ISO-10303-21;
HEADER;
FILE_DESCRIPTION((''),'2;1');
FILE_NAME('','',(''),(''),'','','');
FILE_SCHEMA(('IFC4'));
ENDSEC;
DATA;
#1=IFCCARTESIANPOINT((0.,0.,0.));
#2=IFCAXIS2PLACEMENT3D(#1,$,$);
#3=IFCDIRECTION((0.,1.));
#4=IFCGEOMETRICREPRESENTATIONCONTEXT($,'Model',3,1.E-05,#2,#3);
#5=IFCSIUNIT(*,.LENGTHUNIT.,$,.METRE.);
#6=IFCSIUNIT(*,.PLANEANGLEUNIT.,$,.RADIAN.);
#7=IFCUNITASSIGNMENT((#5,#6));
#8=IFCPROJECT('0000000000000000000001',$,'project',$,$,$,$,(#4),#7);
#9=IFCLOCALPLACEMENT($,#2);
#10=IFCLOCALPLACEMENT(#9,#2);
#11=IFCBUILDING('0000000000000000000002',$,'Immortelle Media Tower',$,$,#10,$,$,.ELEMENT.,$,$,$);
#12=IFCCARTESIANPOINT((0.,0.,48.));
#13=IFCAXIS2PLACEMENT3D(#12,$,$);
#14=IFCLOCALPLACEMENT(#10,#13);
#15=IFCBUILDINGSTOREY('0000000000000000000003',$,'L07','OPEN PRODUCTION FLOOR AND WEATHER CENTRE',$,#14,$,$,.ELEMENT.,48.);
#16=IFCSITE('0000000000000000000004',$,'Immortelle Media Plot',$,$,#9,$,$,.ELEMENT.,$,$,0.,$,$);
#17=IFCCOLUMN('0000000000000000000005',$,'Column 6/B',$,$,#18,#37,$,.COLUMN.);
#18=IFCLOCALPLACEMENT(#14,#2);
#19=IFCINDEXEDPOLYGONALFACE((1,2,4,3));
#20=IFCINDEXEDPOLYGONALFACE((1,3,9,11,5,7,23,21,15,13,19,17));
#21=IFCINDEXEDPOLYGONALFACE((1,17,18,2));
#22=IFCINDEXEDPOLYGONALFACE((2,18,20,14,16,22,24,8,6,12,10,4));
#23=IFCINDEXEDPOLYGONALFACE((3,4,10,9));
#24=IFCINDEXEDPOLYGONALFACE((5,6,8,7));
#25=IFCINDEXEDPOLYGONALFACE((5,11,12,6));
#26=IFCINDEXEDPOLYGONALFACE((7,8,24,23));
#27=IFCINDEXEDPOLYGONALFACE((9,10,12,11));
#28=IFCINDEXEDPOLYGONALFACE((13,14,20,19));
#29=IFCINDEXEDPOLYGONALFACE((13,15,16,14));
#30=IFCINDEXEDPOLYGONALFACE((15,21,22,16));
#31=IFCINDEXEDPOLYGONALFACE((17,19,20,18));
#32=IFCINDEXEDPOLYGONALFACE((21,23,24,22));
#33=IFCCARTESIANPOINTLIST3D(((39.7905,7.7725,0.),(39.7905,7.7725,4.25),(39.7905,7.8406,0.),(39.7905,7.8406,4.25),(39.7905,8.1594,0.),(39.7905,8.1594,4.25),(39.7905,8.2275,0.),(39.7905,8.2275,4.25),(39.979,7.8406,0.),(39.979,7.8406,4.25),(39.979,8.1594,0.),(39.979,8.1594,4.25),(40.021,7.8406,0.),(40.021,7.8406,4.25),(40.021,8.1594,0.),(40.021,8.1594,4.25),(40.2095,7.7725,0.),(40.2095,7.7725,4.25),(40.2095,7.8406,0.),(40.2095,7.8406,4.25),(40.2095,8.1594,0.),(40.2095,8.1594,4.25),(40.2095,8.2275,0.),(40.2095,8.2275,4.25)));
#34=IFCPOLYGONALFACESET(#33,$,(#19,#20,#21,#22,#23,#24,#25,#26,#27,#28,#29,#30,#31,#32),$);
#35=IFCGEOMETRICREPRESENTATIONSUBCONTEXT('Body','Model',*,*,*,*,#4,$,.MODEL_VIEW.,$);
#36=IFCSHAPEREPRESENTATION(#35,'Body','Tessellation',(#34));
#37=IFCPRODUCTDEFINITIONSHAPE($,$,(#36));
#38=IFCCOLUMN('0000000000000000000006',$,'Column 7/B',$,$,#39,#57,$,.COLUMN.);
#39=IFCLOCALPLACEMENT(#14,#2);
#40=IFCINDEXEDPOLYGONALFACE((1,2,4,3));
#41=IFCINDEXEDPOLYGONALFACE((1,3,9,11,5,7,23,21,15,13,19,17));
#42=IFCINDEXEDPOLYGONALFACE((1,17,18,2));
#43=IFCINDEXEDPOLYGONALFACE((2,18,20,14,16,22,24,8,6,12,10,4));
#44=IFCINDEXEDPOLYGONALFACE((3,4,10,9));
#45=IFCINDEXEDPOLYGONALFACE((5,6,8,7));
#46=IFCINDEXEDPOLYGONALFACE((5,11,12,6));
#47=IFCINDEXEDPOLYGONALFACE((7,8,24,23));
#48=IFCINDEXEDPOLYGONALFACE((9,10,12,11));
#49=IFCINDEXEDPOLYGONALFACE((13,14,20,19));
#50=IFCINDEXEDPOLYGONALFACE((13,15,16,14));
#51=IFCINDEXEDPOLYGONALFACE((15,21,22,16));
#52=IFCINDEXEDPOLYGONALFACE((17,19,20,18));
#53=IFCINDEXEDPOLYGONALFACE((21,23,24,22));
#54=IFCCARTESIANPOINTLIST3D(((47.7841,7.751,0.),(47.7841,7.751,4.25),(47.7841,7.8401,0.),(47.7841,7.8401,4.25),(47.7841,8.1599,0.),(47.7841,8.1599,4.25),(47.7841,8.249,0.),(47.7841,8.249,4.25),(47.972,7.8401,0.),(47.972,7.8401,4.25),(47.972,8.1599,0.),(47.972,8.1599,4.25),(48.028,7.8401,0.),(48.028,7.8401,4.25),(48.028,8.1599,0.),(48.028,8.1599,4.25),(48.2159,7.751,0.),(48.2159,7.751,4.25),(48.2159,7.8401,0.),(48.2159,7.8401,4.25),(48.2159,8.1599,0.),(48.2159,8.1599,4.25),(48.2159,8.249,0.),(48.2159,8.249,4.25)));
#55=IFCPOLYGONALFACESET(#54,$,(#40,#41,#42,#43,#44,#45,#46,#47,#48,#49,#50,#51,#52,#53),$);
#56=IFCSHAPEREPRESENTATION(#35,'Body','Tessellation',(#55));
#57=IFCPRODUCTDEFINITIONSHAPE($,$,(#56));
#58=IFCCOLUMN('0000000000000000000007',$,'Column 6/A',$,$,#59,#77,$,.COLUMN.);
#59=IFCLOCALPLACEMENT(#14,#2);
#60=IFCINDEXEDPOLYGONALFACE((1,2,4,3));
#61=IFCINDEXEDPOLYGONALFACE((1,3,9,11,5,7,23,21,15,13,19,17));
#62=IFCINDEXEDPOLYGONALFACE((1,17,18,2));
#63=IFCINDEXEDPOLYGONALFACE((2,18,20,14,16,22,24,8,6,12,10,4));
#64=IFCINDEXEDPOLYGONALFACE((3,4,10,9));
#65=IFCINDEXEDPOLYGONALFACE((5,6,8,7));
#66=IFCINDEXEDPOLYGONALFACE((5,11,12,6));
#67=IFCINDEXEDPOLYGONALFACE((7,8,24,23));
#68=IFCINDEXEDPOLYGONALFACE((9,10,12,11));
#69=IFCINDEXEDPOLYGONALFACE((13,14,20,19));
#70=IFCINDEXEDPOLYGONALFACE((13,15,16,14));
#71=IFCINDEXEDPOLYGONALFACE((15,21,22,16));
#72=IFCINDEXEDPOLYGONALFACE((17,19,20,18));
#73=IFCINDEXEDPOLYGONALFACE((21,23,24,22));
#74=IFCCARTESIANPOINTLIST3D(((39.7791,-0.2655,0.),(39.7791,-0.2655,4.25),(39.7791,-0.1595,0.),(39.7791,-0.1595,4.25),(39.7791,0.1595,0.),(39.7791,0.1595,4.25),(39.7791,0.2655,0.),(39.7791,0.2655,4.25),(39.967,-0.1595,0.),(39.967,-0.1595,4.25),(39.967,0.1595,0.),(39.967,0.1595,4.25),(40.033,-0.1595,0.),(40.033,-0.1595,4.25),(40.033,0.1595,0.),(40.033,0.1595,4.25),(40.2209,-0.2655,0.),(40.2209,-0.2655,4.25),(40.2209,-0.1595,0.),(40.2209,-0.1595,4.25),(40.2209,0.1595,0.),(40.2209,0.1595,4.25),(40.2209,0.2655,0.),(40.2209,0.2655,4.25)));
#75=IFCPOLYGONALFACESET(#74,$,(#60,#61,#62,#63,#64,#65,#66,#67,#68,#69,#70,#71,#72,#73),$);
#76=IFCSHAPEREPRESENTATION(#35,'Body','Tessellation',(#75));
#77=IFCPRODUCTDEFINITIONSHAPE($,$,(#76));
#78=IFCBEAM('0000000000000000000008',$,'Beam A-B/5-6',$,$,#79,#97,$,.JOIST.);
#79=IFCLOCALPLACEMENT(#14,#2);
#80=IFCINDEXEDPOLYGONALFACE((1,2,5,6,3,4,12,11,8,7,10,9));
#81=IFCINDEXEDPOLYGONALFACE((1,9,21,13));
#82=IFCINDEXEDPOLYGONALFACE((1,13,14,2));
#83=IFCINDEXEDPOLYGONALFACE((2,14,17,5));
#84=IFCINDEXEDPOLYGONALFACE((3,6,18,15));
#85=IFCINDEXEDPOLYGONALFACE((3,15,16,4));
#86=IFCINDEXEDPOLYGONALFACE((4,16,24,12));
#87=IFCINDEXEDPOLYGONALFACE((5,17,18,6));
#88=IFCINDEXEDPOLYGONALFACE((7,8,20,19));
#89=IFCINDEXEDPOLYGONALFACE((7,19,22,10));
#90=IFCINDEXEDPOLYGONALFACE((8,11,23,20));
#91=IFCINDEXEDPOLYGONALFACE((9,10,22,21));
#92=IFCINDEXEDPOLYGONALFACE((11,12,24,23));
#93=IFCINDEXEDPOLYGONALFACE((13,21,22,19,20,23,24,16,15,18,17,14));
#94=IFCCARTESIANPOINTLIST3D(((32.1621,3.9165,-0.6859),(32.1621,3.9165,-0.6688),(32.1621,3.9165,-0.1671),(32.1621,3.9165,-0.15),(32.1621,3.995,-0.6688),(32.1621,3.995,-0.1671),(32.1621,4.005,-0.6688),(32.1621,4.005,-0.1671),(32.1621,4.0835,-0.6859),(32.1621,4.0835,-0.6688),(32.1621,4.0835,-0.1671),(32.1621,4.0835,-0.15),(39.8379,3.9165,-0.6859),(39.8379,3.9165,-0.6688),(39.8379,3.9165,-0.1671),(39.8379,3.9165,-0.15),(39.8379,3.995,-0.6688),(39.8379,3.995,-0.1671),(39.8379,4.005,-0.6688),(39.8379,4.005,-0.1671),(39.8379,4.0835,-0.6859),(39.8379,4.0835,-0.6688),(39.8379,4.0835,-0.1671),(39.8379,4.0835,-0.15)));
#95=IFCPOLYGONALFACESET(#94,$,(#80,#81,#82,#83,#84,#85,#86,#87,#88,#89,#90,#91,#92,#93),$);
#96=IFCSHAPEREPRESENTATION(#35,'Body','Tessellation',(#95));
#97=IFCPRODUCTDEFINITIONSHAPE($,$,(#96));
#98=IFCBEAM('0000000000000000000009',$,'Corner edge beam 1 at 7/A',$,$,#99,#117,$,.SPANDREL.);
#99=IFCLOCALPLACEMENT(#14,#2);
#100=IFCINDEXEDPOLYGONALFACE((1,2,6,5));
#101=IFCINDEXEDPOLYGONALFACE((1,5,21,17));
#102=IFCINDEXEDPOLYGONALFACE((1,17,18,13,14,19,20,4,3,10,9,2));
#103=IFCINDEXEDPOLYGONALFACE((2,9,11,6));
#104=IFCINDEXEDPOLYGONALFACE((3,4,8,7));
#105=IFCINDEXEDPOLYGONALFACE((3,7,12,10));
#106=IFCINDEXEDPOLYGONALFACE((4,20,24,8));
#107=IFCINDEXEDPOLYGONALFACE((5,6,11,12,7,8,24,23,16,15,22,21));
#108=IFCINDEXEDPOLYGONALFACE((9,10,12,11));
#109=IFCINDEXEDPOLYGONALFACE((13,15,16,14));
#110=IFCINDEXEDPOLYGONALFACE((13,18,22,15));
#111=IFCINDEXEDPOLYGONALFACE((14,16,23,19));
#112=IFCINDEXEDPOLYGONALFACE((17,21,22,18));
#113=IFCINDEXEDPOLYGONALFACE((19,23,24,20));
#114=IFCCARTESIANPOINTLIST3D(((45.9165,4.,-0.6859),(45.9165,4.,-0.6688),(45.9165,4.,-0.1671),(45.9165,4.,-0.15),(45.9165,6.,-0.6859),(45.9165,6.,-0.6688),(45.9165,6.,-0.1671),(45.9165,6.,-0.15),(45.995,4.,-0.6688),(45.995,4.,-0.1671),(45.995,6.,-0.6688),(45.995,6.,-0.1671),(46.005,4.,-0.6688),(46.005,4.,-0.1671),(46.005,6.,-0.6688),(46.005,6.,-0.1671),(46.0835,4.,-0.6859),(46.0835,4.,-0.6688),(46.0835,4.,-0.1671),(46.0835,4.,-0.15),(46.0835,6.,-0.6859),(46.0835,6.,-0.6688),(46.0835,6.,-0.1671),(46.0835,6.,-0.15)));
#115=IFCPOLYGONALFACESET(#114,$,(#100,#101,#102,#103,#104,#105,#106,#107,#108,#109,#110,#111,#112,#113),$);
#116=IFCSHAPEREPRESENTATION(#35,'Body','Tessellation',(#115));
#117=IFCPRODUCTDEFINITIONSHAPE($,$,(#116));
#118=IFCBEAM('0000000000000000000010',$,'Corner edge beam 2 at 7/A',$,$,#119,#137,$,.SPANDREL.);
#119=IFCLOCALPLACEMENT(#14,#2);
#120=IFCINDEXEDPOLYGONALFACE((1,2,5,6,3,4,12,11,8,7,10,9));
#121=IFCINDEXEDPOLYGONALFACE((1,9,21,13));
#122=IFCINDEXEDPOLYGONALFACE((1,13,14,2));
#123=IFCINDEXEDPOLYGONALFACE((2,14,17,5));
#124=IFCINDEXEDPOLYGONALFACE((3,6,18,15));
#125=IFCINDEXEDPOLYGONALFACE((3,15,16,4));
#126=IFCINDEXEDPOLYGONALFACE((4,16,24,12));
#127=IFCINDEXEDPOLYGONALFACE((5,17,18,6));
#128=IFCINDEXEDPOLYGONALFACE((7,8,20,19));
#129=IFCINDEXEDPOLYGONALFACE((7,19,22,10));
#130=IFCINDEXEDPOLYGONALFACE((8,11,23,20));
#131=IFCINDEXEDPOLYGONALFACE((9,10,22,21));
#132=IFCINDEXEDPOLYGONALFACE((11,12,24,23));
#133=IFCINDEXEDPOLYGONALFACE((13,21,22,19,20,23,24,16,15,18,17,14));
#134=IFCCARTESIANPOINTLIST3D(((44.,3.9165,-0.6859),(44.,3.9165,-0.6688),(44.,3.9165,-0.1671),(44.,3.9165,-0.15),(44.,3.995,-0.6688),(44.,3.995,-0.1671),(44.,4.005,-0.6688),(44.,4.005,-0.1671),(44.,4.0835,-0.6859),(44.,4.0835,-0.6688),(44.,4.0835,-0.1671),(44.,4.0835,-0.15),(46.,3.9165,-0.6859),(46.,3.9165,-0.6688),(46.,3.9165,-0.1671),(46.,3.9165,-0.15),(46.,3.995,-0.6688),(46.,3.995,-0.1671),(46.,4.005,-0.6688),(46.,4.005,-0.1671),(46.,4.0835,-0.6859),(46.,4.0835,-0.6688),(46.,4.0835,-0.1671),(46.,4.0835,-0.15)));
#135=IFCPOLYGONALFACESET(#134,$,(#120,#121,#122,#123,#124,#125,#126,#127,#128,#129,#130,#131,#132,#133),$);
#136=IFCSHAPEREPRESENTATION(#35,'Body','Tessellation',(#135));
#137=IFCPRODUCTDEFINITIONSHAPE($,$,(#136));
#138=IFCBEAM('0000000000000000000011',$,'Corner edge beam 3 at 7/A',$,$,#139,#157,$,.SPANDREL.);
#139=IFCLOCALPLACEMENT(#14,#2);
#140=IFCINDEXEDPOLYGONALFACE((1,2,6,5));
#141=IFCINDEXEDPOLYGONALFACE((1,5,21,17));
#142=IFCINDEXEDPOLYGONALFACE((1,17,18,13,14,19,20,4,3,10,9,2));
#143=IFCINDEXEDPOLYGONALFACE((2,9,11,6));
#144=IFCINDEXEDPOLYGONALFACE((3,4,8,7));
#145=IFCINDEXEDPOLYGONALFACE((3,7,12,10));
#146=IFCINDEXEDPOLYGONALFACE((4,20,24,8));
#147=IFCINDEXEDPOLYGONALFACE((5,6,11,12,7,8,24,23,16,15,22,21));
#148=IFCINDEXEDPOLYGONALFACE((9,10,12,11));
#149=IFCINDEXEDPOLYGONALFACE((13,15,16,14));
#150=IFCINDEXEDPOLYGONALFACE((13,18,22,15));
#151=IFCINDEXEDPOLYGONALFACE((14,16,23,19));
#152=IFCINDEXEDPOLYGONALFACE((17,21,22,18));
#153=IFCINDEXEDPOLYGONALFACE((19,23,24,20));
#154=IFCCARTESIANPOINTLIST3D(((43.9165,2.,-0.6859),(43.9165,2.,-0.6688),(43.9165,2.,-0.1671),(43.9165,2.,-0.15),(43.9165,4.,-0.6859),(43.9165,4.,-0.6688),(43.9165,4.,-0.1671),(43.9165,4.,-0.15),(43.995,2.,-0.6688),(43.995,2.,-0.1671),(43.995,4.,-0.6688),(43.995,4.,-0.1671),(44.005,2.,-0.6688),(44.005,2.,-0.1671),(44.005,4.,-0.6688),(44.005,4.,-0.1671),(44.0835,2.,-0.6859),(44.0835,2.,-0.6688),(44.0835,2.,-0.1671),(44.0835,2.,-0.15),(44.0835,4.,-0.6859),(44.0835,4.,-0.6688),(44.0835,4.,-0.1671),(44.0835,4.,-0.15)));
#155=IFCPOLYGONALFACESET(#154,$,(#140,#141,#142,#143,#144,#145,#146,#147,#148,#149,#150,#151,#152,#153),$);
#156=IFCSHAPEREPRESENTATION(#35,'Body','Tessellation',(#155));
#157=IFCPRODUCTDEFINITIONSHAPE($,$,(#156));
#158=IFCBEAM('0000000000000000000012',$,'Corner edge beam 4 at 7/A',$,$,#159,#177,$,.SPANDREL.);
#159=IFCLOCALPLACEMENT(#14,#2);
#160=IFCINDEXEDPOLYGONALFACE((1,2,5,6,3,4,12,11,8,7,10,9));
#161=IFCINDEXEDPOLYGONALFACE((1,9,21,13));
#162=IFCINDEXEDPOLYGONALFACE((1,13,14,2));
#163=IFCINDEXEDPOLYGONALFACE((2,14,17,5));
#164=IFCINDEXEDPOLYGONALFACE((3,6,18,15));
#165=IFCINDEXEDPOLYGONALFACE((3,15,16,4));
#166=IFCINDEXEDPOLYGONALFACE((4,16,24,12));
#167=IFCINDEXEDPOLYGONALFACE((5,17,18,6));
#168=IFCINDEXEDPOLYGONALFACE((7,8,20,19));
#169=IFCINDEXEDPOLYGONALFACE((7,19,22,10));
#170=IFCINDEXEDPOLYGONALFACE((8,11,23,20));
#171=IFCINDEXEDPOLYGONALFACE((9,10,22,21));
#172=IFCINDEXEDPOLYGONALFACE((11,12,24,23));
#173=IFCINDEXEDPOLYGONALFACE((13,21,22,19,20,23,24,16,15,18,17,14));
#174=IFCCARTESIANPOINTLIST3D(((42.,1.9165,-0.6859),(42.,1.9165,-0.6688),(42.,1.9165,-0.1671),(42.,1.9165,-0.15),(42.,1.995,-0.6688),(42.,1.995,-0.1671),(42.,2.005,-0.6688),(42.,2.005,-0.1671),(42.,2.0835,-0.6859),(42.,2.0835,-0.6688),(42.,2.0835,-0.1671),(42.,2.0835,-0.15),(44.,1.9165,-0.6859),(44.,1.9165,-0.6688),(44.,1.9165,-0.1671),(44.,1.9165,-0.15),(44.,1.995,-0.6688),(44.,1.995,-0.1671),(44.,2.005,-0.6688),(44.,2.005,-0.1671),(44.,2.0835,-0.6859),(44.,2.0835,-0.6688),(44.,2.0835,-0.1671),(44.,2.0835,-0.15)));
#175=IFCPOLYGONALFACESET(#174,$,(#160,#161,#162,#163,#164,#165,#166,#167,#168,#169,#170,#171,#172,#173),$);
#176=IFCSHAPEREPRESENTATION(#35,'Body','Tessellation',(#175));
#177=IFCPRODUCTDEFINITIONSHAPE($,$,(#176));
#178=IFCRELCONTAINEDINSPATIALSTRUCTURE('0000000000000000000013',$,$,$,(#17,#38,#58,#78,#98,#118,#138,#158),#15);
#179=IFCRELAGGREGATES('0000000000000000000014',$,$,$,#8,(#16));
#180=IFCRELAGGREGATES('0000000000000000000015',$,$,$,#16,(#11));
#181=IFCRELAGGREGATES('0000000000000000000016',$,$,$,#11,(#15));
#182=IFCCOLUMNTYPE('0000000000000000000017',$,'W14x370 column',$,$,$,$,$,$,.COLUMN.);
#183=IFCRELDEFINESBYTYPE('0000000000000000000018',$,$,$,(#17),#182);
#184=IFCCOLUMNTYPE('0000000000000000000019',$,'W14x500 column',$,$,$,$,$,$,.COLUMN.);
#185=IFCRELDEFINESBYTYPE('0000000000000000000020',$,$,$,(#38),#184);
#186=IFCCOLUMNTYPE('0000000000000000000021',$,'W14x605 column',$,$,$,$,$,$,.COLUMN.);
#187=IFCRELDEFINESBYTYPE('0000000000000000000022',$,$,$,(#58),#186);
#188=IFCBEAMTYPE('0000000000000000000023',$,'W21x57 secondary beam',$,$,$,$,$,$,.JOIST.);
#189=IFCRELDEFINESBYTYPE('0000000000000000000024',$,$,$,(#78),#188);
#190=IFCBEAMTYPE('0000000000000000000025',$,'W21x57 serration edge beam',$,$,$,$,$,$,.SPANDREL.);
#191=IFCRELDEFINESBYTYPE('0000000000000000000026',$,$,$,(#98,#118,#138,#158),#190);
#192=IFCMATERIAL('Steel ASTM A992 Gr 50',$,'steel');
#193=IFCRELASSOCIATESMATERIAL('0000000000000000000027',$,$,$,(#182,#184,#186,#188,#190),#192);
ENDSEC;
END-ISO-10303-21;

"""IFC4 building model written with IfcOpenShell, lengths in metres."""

from ifc_helpers import new_model, si_unit, direction, frame, origin, origin_2d, place, context, subcontext, project, spatial, i_section, extrude, material, material_profile, profile_set, type_object, element, save


model = new_model("IFC4")

# Units and contexts
model_context = context("Model", 3, precision=1e-05, world=origin(), true_north=direction((0.0, 1.0)))
body_context = subcontext(model_context, "Body", "Model", "MODEL_VIEW")
ifc_project = project(units=[si_unit("LENGTHUNIT", "METRE"), si_unit("PLANEANGLEUNIT", "RADIAN")], contexts=[model_context])

# Site, building, storey
site_placement = place(None, origin())
site = spatial("IfcSite", under=ifc_project, at=site_placement, Name="Immortelle Media Plot", CompositionType="ELEMENT", RefElevation=0.0)
building_placement = place(site_placement, origin())
building = spatial("IfcBuilding", under=site, at=building_placement, Name="Immortelle Media Tower", CompositionType="ELEMENT")
storey_placement = place(building_placement, frame((0.0, 0.0, 48.0)))
storey = spatial("IfcBuildingStorey", under=building, at=storey_placement, Name="L07", Description="OPEN PRODUCTION FLOOR AND WEATHER CENTRE", CompositionType="ELEMENT", Elevation=48.0)

# Columns
ifc_material_1 = material(Name="Steel ASTM A992 Gr 50", Category="steel")
ifc_material_profile_1 = material_profile(ifc_material_1, i_section(OverallWidth=0.4189, OverallDepth=0.4551, WebThickness=0.042, FlangeThickness=0.0681, at=origin_2d()), Name="W14x370")
ifc_profile_set_1 = profile_set([ifc_material_profile_1], Name="Steel ASTM A992 Gr 50")
column_type_1 = type_object("IfcColumnType", Name="W14x370 column", PredefinedType="COLUMN", material=ifc_profile_set_1)
column_1_placement = place(storey_placement, frame((40.0, 8.0, 0.0), z_axis=(0.0, 0.0, 1.0), x_axis=(1.0, 0.0, 0.0)))
element("IfcColumn", 1, at=column_1_placement, inside=storey, type_object=column_type_1, Name="Column 6/B", PredefinedType="COLUMN", context=body_context, shape_type="SweptSolid", body=[
    extrude(i_section(OverallWidth=0.4189, OverallDepth=0.4551, WebThickness=0.042, FlangeThickness=0.0681, at=origin_2d()), origin(), (0.0, 0.0, 1.0), 4.25),
])
ifc_material_profile_2 = material_profile(ifc_material_1, i_section(OverallWidth=0.4319, OverallDepth=0.498, WebThickness=0.0559, FlangeThickness=0.0891, at=origin_2d()), Name="W14x500")
ifc_profile_set_2 = profile_set([ifc_material_profile_2], Name="Steel ASTM A992 Gr 50")
column_type_2 = type_object("IfcColumnType", Name="W14x500 column", PredefinedType="COLUMN", material=ifc_profile_set_2)
column_2_placement = place(storey_placement, frame((48.0, 8.0, 0.0), z_axis=(0.0, 0.0, 1.0), x_axis=(1.0, 0.0, 0.0)))
element("IfcColumn", 2, at=column_2_placement, inside=storey, type_object=column_type_2, Name="Column 7/B", PredefinedType="COLUMN", context=body_context, shape_type="SweptSolid", body=[
    extrude(i_section(OverallWidth=0.4319, OverallDepth=0.498, WebThickness=0.0559, FlangeThickness=0.0891, at=origin_2d()), origin(), (0.0, 0.0, 1.0), 4.25),
])
ifc_material_profile_3 = material_profile(ifc_material_1, i_section(OverallWidth=0.4419, OverallDepth=0.531, WebThickness=0.0659, FlangeThickness=0.106, at=origin_2d()), Name="W14x605")
ifc_profile_set_3 = profile_set([ifc_material_profile_3], Name="Steel ASTM A992 Gr 50")
column_type_3 = type_object("IfcColumnType", Name="W14x605 column", PredefinedType="COLUMN", material=ifc_profile_set_3)
column_3_placement = place(storey_placement, frame((40.0, 0.0, 0.0), z_axis=(0.0, 0.0, 1.0), x_axis=(1.0, 0.0, 0.0)))
element("IfcColumn", 3, at=column_3_placement, inside=storey, type_object=column_type_3, Name="Column 6/A", PredefinedType="COLUMN", context=body_context, shape_type="SweptSolid", body=[
    extrude(i_section(OverallWidth=0.4419, OverallDepth=0.531, WebThickness=0.0659, FlangeThickness=0.106, at=origin_2d()), origin(), (0.0, 0.0, 1.0), 4.25),
])

# Beams
ifc_material_profile_4 = material_profile(ifc_material_1, i_section(OverallWidth=0.167, OverallDepth=0.5359, WebThickness=0.01, FlangeThickness=0.0171, at=origin_2d()), Name="W21x57")
ifc_profile_set_4 = profile_set([ifc_material_profile_4], Name="Steel ASTM A992 Gr 50")
beam_type_1 = type_object("IfcBeamType", Name="W21x57 secondary beam", PredefinedType="JOIST", material=ifc_profile_set_4)
beam_1_placement = place(storey_placement, frame((32.1621, 4.0, -0.418), z_axis=(1.0, 0.0, 0.0), x_axis=(0.0, 1.0, 0.0)))
element("IfcBeam", 4, at=beam_1_placement, inside=storey, type_object=beam_type_1, Name="Beam A-B/5-6", PredefinedType="JOIST", context=body_context, shape_type="SweptSolid", body=[
    extrude(i_section(OverallWidth=0.167, OverallDepth=0.5359, WebThickness=0.01, FlangeThickness=0.0171, at=origin_2d()), origin(), (0.0, 0.0, 1.0), 7.6758),
])
ifc_material_profile_5 = material_profile(ifc_material_1, i_section(OverallWidth=0.167, OverallDepth=0.5359, WebThickness=0.01, FlangeThickness=0.0171, at=origin_2d()), Name="W21x57")
ifc_profile_set_5 = profile_set([ifc_material_profile_5], Name="Steel ASTM A992 Gr 50")
beam_type_2 = type_object("IfcBeamType", Name="W21x57 serration edge beam", PredefinedType="SPANDREL", material=ifc_profile_set_5)
for number, where, z_axis, x_axis, name in (
    (5, (46.0, 6.0, -0.418), (0.0, -1.0, 0.0), (1.0, 0.0, 0.0), "Corner edge beam 1 at 7/A"),
    (6, (46.0, 4.0, -0.418), (-1.0, 0.0, 0.0), (0.0, -1.0, 0.0), "Corner edge beam 2 at 7/A"),
    (7, (44.0, 4.0, -0.418), (0.0, -1.0, 0.0), (1.0, 0.0, 0.0), "Corner edge beam 3 at 7/A"),
    (8, (44.0, 2.0, -0.418), (-1.0, 0.0, 0.0), (0.0, -1.0, 0.0), "Corner edge beam 4 at 7/A"),
):
    element("IfcBeam", number, at=place(storey_placement, frame(where, z_axis=z_axis, x_axis=x_axis)), inside=storey, type_object=beam_type_2, Name=name, PredefinedType="SPANDREL", context=body_context, shape_type="SweptSolid", body=[
        extrude(i_section(OverallWidth=0.167, OverallDepth=0.5359, WebThickness=0.01, FlangeThickness=0.0171, at=origin_2d()), origin(), (0.0, 0.0, 1.0), 2.0),
    ])

save(model, "model.ifc")
